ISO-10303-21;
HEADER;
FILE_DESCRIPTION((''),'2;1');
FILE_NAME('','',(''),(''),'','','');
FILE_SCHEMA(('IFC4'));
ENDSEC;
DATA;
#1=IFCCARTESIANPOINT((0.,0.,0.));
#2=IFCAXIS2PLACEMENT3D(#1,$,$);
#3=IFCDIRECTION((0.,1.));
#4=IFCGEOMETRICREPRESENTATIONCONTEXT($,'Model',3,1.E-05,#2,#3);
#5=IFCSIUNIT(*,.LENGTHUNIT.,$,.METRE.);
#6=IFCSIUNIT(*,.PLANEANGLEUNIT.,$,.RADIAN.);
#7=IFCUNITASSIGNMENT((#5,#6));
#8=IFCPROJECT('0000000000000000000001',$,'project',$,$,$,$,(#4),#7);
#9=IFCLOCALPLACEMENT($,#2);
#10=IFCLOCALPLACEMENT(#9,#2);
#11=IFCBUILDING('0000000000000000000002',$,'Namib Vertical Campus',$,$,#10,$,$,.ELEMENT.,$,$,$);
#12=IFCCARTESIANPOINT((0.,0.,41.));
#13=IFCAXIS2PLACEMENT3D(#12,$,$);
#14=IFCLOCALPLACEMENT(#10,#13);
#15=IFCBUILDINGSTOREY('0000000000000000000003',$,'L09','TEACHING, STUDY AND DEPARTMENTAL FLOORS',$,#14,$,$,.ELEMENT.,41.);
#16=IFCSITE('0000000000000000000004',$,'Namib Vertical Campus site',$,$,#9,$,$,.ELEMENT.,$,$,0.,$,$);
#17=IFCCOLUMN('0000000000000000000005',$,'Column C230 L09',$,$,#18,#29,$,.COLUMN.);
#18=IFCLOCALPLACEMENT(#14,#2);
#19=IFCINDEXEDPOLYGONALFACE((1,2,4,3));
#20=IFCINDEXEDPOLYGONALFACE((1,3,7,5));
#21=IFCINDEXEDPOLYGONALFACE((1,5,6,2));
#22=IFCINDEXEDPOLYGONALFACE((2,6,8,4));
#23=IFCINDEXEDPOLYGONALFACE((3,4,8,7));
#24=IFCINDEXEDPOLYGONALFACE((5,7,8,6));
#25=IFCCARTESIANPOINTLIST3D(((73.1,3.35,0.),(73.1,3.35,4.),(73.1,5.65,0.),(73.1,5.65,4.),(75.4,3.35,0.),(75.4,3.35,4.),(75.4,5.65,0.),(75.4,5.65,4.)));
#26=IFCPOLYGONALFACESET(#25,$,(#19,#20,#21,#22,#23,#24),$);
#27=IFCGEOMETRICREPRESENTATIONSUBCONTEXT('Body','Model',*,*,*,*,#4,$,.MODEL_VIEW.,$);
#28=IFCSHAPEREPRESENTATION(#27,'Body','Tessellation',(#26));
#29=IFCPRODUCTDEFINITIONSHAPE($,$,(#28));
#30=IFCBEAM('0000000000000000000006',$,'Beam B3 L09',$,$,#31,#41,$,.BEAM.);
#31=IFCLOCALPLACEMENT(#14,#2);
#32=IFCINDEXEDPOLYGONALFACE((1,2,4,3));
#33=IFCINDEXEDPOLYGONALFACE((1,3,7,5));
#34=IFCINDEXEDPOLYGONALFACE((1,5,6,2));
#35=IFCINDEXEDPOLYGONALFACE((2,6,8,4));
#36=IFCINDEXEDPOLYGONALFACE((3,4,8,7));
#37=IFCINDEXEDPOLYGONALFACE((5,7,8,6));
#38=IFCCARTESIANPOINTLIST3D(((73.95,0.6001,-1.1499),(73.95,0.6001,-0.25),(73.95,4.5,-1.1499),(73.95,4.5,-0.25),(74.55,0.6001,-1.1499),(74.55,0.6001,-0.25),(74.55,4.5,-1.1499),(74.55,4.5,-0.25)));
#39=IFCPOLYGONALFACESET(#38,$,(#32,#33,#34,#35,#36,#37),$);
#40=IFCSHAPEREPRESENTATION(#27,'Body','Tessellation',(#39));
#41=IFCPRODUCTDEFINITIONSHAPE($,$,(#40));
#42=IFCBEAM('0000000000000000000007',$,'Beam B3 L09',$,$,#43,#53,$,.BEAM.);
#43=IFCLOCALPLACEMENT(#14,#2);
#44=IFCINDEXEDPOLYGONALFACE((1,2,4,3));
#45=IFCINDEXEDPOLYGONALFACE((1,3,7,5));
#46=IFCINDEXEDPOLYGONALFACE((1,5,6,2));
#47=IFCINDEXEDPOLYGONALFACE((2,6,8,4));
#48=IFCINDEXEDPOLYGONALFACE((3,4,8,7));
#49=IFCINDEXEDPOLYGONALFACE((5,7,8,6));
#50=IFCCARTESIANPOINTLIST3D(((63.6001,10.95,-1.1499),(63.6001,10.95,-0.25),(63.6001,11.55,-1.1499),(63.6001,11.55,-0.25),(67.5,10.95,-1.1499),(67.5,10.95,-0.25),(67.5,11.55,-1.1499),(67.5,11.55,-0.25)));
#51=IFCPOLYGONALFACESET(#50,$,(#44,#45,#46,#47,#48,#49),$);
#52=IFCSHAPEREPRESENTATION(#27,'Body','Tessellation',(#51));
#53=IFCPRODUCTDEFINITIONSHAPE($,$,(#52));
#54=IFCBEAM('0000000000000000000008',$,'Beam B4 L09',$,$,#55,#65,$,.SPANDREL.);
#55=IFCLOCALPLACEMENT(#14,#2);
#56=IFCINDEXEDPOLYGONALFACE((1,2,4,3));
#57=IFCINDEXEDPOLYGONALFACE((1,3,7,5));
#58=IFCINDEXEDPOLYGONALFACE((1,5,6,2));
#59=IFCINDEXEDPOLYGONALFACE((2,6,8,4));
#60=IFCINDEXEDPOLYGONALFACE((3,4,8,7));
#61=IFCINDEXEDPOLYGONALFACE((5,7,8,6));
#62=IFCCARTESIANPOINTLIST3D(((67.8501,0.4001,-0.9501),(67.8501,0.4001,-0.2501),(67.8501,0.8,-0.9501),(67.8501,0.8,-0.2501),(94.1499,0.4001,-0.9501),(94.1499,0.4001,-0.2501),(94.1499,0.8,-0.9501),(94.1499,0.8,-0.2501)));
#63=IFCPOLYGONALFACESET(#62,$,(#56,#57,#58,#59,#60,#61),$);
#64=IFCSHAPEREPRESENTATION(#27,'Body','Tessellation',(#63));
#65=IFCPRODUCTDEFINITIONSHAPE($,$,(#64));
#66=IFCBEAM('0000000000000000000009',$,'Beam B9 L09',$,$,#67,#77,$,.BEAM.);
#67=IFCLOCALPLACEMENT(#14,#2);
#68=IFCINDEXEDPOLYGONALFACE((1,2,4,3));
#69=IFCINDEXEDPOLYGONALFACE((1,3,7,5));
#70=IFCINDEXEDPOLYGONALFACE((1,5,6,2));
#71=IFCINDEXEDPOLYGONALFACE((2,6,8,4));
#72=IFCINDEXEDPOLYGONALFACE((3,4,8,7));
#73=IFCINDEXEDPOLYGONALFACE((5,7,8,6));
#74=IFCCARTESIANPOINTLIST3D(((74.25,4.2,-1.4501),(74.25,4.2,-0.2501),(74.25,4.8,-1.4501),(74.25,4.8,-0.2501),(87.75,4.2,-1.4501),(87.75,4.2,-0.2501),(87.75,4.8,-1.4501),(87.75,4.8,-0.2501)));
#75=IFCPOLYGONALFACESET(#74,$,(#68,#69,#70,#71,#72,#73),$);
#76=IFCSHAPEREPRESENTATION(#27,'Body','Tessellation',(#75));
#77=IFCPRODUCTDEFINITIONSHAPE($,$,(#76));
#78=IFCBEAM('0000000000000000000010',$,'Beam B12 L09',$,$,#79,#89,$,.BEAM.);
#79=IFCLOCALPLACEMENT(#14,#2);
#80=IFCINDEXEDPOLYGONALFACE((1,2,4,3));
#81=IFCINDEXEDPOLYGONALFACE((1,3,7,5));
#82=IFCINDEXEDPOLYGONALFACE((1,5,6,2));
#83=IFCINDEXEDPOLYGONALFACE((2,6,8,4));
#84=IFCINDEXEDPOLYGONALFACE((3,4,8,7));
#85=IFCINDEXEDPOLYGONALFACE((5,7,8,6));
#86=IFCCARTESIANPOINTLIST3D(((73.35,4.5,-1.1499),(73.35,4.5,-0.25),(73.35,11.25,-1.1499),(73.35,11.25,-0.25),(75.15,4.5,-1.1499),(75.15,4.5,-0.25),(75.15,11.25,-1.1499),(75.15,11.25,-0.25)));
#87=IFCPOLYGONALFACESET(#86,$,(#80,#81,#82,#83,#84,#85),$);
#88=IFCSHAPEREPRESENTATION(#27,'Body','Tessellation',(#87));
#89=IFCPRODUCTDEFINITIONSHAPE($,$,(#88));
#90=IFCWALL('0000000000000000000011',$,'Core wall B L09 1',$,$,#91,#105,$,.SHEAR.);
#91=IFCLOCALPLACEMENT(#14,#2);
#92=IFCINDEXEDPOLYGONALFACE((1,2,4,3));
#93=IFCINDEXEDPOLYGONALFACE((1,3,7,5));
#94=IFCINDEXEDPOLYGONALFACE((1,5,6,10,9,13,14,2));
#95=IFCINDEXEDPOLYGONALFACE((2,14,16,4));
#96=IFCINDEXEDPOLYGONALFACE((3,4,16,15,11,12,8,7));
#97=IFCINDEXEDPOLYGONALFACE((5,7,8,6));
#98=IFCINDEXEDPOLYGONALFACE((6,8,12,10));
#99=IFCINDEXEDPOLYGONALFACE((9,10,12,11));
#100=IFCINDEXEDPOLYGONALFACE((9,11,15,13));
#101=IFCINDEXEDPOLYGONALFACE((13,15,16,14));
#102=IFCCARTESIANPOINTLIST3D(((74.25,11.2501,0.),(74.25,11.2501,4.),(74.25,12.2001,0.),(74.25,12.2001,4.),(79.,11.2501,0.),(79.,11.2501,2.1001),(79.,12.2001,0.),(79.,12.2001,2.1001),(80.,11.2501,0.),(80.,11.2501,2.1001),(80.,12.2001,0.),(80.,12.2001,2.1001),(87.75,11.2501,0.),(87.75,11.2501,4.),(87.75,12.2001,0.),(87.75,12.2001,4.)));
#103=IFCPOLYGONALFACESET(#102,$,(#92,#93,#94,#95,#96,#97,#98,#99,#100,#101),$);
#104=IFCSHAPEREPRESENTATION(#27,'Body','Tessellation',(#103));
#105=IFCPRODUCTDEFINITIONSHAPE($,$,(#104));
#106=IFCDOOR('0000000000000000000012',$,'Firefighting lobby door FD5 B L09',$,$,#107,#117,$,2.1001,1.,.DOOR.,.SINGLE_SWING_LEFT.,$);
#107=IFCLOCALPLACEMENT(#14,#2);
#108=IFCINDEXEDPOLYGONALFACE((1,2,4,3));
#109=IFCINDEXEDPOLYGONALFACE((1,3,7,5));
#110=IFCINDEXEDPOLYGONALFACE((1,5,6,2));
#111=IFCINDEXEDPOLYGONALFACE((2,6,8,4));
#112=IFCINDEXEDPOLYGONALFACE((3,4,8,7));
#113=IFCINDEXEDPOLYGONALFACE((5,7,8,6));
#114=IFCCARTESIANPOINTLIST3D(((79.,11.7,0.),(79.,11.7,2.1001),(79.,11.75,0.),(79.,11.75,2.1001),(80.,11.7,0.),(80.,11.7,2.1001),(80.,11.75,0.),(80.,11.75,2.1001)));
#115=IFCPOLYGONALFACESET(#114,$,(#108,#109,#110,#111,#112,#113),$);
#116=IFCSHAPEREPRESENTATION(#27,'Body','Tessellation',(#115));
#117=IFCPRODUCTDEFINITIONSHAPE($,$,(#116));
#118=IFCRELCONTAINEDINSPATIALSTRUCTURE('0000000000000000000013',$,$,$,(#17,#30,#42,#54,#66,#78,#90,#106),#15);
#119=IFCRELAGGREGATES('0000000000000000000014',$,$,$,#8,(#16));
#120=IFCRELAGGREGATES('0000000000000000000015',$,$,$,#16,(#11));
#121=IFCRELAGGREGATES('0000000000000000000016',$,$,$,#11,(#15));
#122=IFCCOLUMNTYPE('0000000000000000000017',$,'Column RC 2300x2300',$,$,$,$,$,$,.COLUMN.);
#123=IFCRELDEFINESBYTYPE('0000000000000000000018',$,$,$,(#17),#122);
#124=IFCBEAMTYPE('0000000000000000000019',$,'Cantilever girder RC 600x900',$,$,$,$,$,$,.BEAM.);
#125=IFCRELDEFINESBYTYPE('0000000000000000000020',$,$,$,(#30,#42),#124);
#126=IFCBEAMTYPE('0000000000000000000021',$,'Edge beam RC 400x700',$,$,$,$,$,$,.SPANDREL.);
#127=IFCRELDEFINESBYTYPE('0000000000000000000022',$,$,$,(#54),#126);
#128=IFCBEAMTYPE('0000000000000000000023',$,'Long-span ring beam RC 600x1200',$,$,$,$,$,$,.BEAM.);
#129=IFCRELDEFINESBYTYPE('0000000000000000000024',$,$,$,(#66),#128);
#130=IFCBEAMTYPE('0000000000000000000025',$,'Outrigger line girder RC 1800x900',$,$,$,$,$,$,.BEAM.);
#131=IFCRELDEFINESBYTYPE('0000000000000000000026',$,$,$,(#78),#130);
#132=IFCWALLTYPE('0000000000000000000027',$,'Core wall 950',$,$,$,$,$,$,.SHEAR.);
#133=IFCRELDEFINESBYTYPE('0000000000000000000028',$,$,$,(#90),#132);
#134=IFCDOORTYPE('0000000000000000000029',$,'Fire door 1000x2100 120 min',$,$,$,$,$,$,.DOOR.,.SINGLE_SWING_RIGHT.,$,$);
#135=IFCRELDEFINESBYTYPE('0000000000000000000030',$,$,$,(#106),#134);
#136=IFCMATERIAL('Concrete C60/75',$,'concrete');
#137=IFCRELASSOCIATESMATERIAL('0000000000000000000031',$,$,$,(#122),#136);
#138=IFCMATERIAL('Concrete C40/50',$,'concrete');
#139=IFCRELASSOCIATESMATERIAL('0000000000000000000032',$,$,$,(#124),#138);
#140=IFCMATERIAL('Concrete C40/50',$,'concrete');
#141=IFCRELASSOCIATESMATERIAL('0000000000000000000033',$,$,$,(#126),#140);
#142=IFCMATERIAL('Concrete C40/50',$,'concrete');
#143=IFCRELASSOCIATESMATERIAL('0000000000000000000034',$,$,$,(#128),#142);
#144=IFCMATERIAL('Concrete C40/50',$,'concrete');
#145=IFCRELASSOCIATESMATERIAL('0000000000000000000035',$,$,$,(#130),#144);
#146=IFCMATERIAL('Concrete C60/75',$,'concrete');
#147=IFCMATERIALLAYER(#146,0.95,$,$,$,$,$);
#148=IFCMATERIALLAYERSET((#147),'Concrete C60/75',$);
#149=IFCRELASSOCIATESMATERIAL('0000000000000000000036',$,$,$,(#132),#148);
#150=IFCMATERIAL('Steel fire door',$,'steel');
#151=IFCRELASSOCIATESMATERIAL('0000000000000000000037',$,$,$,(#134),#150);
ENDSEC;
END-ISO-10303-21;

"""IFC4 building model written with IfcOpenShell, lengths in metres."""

from ifc_helpers import new_model, si_unit, direction, frame, frame_2d, origin, origin_2d, place, context, subcontext, project, spatial, rectangle, extrude, material, layer, layer_set, material_profile, profile_set, type_object, element, fill, save


model = new_model("IFC4")

# Units and contexts
model_context = context("Model", 3, precision=1e-05, world=origin(), true_north=direction((0.0, 1.0)))
body_context = subcontext(model_context, "Body", "Model", "MODEL_VIEW")
ifc_project = project(units=[si_unit("LENGTHUNIT", "METRE"), si_unit("PLANEANGLEUNIT", "RADIAN")], contexts=[model_context])

# Site, building, storey
site_placement = place(None, origin())
site = spatial("IfcSite", under=ifc_project, at=site_placement, Name="Namib Vertical Campus site", CompositionType="ELEMENT", RefElevation=0.0)
building_placement = place(site_placement, origin())
building = spatial("IfcBuilding", under=site, at=building_placement, Name="Namib Vertical Campus", CompositionType="ELEMENT")
storey_placement = place(building_placement, frame((0.0, 0.0, 41.0)))
storey = spatial("IfcBuildingStorey", under=building, at=storey_placement, Name="L09", Description="TEACHING, STUDY AND DEPARTMENTAL FLOORS", CompositionType="ELEMENT", Elevation=41.0)

# Column
ifc_material_1 = material(Name="Concrete C60/75", Category="concrete")
ifc_material_profile_1 = material_profile(ifc_material_1, rectangle(XDim=2.3, YDim=2.3, at=origin_2d()))
ifc_profile_set_1 = profile_set([ifc_material_profile_1], Name="Concrete C60/75")
column_type = type_object("IfcColumnType", Name="Column RC 2300x2300", PredefinedType="COLUMN", material=ifc_profile_set_1)
column_placement = place(storey_placement, frame((74.25, 4.5, 0.0), z_axis=(0.0, 0.0, 1.0), x_axis=(1.0, 0.0, 0.0)))
element("IfcColumn", 1, at=column_placement, inside=storey, type_object=column_type, Name="Column C230 L09", PredefinedType="COLUMN", context=body_context, shape_type="SweptSolid", body=[
    extrude(rectangle(XDim=2.3, YDim=2.3, at=origin_2d()), origin(), (0.0, 0.0, 1.0), 4.0),
])

# Beams
ifc_material_2 = material(Name="Concrete C40/50", Category="concrete")
ifc_material_profile_2 = material_profile(ifc_material_2, rectangle(XDim=0.6001, YDim=0.8999, at=origin_2d()))
ifc_profile_set_2 = profile_set([ifc_material_profile_2], Name="Concrete C40/50")
beam_type_1 = type_object("IfcBeamType", Name="Cantilever girder RC 600x900", PredefinedType="BEAM", material=ifc_profile_set_2)
for number, where, z_axis, x_axis, name in (
    (2, (74.25, 4.5, -0.7), (0.0, -1.0, 0.0), (1.0, 0.0, 0.0), "Beam B3 L09"),
    (3, (67.5, 11.25, -0.7), (-1.0, 0.0, 0.0), (0.0, -1.0, 0.0), "Beam B3 L09"),
):
    element("IfcBeam", number, at=place(storey_placement, frame(where, z_axis=z_axis, x_axis=x_axis)), inside=storey, type_object=beam_type_1, Name=name, PredefinedType="BEAM", context=body_context, shape_type="SweptSolid", body=[
        extrude(rectangle(XDim=0.6001, YDim=0.8999, at=origin_2d()), origin(), (0.0, 0.0, 1.0), 3.8999),
    ])
ifc_material_3 = material(Name="Concrete C40/50", Category="concrete")
ifc_material_profile_3 = material_profile(ifc_material_3, rectangle(XDim=0.3999, YDim=0.7, at=origin_2d()))
ifc_profile_set_3 = profile_set([ifc_material_profile_3], Name="Concrete C40/50")
beam_type_2 = type_object("IfcBeamType", Name="Edge beam RC 400x700", PredefinedType="SPANDREL", material=ifc_profile_set_3)
beam_1_placement = place(storey_placement, frame((67.8501, 0.6001, -0.6001), z_axis=(1.0, 0.0, 0.0), x_axis=(0.0, 1.0, 0.0)))
element("IfcBeam", 4, at=beam_1_placement, inside=storey, type_object=beam_type_2, Name="Beam B4 L09", PredefinedType="SPANDREL", context=body_context, shape_type="SweptSolid", body=[
    extrude(rectangle(XDim=0.3999, YDim=0.7, at=origin_2d()), origin(), (0.0, 0.0, 1.0), 26.2998),
])
ifc_material_4 = material(Name="Concrete C40/50", Category="concrete")
ifc_material_profile_4 = material_profile(ifc_material_4, rectangle(XDim=0.6001, YDim=1.2, at=origin_2d()))
ifc_profile_set_4 = profile_set([ifc_material_profile_4], Name="Concrete C40/50")
beam_type_3 = type_object("IfcBeamType", Name="Long-span ring beam RC 600x1200", PredefinedType="BEAM", material=ifc_profile_set_4)
beam_2_placement = place(storey_placement, frame((74.25, 4.5, -0.8501), z_axis=(1.0, 0.0, 0.0), x_axis=(0.0, 1.0, 0.0)))
element("IfcBeam", 5, at=beam_2_placement, inside=storey, type_object=beam_type_3, Name="Beam B9 L09", PredefinedType="BEAM", context=body_context, shape_type="SweptSolid", body=[
    extrude(rectangle(XDim=0.6001, YDim=1.2, at=origin_2d()), origin(), (0.0, 0.0, 1.0), 13.5),
])
ifc_material_5 = material(Name="Concrete C40/50", Category="concrete")
ifc_material_profile_5 = material_profile(ifc_material_5, rectangle(XDim=1.8, YDim=0.8999, at=origin_2d()))
ifc_profile_set_5 = profile_set([ifc_material_profile_5], Name="Concrete C40/50")
beam_type_4 = type_object("IfcBeamType", Name="Outrigger line girder RC 1800x900", PredefinedType="BEAM", material=ifc_profile_set_5)
beam_3_placement = place(storey_placement, frame((74.25, 4.5, -0.7), z_axis=(0.0, 1.0, 0.0), x_axis=(-1.0, 0.0, 0.0)))
element("IfcBeam", 6, at=beam_3_placement, inside=storey, type_object=beam_type_4, Name="Beam B12 L09", PredefinedType="BEAM", context=body_context, shape_type="SweptSolid", body=[
    extrude(rectangle(XDim=1.8, YDim=0.8999, at=origin_2d()), origin(), (0.0, 0.0, 1.0), 6.75),
])

# Wall, opening, door
ifc_material_6 = material(Name="Concrete C60/75", Category="concrete")
ifc_layer_1 = layer(ifc_material_6, 0.95)
ifc_layer_set_1 = layer_set([ifc_layer_1], Name="Concrete C60/75")
wall_type_1 = type_object("IfcWallType", Name="Core wall 950", PredefinedType="SHEAR", material=ifc_layer_set_1)
wall_1_placement = place(storey_placement, frame((74.25, 11.7251, 0.0), z_axis=(0.0, 0.0, 1.0), x_axis=(1.0, 0.0, 0.0)))
wall_1 = element("IfcWall", 7, at=wall_1_placement, inside=storey, type_object=wall_type_1, Name="Core wall B L09 1", PredefinedType="SHEAR", context=body_context, shape_type="SweptSolid", body=[
    extrude(rectangle(XDim=13.5, YDim=0.95, at=frame_2d((6.75, 0.0))), origin(), (0.0, 0.0, 1.0), 4.0),
])
opening_1_placement = place(wall_1_placement, frame((4.75, 0.0, 0.0)))
opening_1 = element("IfcOpeningElement", 8, at=opening_1_placement, cuts=wall_1, PredefinedType="OPENING", context=body_context, shape_type="SweptSolid", body=[
    extrude(rectangle(XDim=1.0, YDim=2.1001, at=frame_2d((0.5, 1.05))), frame((0.0, 0.4849, 0.0), z_axis=(0.0, -1.0, 0.0), x_axis=(1.0, 0.0, 0.0)), (0.0, 0.0, 1.0), 0.97),
])
ifc_material_7 = material(Name="Steel fire door", Category="steel")
door_type_1 = type_object("IfcDoorType", Name="Fire door 1000x2100 120 min", OperationType="SINGLE_SWING_RIGHT", PredefinedType="DOOR", material=ifc_material_7)
door_1_placement = place(opening_1_placement, origin())
door_1 = element("IfcDoor", 9, at=door_1_placement, inside=storey, type_object=door_type_1, Name="Firefighting lobby door FD5 B L09", OperationType="SINGLE_SWING_LEFT", OverallHeight=2.1001, OverallWidth=1.0, PredefinedType="DOOR", context=body_context, shape_type="SweptSolid", body=[
    extrude(rectangle(XDim=1.0, YDim=2.1001, at=frame_2d((0.5, 1.05))), frame((0.0, 0.0249, 0.0), z_axis=(0.0, -1.0, 0.0), x_axis=(1.0, 0.0, 0.0)), (0.0, 0.0, 1.0), 0.05),
])
fill(opening_1, door_1)

save(model, "model.ifc")
